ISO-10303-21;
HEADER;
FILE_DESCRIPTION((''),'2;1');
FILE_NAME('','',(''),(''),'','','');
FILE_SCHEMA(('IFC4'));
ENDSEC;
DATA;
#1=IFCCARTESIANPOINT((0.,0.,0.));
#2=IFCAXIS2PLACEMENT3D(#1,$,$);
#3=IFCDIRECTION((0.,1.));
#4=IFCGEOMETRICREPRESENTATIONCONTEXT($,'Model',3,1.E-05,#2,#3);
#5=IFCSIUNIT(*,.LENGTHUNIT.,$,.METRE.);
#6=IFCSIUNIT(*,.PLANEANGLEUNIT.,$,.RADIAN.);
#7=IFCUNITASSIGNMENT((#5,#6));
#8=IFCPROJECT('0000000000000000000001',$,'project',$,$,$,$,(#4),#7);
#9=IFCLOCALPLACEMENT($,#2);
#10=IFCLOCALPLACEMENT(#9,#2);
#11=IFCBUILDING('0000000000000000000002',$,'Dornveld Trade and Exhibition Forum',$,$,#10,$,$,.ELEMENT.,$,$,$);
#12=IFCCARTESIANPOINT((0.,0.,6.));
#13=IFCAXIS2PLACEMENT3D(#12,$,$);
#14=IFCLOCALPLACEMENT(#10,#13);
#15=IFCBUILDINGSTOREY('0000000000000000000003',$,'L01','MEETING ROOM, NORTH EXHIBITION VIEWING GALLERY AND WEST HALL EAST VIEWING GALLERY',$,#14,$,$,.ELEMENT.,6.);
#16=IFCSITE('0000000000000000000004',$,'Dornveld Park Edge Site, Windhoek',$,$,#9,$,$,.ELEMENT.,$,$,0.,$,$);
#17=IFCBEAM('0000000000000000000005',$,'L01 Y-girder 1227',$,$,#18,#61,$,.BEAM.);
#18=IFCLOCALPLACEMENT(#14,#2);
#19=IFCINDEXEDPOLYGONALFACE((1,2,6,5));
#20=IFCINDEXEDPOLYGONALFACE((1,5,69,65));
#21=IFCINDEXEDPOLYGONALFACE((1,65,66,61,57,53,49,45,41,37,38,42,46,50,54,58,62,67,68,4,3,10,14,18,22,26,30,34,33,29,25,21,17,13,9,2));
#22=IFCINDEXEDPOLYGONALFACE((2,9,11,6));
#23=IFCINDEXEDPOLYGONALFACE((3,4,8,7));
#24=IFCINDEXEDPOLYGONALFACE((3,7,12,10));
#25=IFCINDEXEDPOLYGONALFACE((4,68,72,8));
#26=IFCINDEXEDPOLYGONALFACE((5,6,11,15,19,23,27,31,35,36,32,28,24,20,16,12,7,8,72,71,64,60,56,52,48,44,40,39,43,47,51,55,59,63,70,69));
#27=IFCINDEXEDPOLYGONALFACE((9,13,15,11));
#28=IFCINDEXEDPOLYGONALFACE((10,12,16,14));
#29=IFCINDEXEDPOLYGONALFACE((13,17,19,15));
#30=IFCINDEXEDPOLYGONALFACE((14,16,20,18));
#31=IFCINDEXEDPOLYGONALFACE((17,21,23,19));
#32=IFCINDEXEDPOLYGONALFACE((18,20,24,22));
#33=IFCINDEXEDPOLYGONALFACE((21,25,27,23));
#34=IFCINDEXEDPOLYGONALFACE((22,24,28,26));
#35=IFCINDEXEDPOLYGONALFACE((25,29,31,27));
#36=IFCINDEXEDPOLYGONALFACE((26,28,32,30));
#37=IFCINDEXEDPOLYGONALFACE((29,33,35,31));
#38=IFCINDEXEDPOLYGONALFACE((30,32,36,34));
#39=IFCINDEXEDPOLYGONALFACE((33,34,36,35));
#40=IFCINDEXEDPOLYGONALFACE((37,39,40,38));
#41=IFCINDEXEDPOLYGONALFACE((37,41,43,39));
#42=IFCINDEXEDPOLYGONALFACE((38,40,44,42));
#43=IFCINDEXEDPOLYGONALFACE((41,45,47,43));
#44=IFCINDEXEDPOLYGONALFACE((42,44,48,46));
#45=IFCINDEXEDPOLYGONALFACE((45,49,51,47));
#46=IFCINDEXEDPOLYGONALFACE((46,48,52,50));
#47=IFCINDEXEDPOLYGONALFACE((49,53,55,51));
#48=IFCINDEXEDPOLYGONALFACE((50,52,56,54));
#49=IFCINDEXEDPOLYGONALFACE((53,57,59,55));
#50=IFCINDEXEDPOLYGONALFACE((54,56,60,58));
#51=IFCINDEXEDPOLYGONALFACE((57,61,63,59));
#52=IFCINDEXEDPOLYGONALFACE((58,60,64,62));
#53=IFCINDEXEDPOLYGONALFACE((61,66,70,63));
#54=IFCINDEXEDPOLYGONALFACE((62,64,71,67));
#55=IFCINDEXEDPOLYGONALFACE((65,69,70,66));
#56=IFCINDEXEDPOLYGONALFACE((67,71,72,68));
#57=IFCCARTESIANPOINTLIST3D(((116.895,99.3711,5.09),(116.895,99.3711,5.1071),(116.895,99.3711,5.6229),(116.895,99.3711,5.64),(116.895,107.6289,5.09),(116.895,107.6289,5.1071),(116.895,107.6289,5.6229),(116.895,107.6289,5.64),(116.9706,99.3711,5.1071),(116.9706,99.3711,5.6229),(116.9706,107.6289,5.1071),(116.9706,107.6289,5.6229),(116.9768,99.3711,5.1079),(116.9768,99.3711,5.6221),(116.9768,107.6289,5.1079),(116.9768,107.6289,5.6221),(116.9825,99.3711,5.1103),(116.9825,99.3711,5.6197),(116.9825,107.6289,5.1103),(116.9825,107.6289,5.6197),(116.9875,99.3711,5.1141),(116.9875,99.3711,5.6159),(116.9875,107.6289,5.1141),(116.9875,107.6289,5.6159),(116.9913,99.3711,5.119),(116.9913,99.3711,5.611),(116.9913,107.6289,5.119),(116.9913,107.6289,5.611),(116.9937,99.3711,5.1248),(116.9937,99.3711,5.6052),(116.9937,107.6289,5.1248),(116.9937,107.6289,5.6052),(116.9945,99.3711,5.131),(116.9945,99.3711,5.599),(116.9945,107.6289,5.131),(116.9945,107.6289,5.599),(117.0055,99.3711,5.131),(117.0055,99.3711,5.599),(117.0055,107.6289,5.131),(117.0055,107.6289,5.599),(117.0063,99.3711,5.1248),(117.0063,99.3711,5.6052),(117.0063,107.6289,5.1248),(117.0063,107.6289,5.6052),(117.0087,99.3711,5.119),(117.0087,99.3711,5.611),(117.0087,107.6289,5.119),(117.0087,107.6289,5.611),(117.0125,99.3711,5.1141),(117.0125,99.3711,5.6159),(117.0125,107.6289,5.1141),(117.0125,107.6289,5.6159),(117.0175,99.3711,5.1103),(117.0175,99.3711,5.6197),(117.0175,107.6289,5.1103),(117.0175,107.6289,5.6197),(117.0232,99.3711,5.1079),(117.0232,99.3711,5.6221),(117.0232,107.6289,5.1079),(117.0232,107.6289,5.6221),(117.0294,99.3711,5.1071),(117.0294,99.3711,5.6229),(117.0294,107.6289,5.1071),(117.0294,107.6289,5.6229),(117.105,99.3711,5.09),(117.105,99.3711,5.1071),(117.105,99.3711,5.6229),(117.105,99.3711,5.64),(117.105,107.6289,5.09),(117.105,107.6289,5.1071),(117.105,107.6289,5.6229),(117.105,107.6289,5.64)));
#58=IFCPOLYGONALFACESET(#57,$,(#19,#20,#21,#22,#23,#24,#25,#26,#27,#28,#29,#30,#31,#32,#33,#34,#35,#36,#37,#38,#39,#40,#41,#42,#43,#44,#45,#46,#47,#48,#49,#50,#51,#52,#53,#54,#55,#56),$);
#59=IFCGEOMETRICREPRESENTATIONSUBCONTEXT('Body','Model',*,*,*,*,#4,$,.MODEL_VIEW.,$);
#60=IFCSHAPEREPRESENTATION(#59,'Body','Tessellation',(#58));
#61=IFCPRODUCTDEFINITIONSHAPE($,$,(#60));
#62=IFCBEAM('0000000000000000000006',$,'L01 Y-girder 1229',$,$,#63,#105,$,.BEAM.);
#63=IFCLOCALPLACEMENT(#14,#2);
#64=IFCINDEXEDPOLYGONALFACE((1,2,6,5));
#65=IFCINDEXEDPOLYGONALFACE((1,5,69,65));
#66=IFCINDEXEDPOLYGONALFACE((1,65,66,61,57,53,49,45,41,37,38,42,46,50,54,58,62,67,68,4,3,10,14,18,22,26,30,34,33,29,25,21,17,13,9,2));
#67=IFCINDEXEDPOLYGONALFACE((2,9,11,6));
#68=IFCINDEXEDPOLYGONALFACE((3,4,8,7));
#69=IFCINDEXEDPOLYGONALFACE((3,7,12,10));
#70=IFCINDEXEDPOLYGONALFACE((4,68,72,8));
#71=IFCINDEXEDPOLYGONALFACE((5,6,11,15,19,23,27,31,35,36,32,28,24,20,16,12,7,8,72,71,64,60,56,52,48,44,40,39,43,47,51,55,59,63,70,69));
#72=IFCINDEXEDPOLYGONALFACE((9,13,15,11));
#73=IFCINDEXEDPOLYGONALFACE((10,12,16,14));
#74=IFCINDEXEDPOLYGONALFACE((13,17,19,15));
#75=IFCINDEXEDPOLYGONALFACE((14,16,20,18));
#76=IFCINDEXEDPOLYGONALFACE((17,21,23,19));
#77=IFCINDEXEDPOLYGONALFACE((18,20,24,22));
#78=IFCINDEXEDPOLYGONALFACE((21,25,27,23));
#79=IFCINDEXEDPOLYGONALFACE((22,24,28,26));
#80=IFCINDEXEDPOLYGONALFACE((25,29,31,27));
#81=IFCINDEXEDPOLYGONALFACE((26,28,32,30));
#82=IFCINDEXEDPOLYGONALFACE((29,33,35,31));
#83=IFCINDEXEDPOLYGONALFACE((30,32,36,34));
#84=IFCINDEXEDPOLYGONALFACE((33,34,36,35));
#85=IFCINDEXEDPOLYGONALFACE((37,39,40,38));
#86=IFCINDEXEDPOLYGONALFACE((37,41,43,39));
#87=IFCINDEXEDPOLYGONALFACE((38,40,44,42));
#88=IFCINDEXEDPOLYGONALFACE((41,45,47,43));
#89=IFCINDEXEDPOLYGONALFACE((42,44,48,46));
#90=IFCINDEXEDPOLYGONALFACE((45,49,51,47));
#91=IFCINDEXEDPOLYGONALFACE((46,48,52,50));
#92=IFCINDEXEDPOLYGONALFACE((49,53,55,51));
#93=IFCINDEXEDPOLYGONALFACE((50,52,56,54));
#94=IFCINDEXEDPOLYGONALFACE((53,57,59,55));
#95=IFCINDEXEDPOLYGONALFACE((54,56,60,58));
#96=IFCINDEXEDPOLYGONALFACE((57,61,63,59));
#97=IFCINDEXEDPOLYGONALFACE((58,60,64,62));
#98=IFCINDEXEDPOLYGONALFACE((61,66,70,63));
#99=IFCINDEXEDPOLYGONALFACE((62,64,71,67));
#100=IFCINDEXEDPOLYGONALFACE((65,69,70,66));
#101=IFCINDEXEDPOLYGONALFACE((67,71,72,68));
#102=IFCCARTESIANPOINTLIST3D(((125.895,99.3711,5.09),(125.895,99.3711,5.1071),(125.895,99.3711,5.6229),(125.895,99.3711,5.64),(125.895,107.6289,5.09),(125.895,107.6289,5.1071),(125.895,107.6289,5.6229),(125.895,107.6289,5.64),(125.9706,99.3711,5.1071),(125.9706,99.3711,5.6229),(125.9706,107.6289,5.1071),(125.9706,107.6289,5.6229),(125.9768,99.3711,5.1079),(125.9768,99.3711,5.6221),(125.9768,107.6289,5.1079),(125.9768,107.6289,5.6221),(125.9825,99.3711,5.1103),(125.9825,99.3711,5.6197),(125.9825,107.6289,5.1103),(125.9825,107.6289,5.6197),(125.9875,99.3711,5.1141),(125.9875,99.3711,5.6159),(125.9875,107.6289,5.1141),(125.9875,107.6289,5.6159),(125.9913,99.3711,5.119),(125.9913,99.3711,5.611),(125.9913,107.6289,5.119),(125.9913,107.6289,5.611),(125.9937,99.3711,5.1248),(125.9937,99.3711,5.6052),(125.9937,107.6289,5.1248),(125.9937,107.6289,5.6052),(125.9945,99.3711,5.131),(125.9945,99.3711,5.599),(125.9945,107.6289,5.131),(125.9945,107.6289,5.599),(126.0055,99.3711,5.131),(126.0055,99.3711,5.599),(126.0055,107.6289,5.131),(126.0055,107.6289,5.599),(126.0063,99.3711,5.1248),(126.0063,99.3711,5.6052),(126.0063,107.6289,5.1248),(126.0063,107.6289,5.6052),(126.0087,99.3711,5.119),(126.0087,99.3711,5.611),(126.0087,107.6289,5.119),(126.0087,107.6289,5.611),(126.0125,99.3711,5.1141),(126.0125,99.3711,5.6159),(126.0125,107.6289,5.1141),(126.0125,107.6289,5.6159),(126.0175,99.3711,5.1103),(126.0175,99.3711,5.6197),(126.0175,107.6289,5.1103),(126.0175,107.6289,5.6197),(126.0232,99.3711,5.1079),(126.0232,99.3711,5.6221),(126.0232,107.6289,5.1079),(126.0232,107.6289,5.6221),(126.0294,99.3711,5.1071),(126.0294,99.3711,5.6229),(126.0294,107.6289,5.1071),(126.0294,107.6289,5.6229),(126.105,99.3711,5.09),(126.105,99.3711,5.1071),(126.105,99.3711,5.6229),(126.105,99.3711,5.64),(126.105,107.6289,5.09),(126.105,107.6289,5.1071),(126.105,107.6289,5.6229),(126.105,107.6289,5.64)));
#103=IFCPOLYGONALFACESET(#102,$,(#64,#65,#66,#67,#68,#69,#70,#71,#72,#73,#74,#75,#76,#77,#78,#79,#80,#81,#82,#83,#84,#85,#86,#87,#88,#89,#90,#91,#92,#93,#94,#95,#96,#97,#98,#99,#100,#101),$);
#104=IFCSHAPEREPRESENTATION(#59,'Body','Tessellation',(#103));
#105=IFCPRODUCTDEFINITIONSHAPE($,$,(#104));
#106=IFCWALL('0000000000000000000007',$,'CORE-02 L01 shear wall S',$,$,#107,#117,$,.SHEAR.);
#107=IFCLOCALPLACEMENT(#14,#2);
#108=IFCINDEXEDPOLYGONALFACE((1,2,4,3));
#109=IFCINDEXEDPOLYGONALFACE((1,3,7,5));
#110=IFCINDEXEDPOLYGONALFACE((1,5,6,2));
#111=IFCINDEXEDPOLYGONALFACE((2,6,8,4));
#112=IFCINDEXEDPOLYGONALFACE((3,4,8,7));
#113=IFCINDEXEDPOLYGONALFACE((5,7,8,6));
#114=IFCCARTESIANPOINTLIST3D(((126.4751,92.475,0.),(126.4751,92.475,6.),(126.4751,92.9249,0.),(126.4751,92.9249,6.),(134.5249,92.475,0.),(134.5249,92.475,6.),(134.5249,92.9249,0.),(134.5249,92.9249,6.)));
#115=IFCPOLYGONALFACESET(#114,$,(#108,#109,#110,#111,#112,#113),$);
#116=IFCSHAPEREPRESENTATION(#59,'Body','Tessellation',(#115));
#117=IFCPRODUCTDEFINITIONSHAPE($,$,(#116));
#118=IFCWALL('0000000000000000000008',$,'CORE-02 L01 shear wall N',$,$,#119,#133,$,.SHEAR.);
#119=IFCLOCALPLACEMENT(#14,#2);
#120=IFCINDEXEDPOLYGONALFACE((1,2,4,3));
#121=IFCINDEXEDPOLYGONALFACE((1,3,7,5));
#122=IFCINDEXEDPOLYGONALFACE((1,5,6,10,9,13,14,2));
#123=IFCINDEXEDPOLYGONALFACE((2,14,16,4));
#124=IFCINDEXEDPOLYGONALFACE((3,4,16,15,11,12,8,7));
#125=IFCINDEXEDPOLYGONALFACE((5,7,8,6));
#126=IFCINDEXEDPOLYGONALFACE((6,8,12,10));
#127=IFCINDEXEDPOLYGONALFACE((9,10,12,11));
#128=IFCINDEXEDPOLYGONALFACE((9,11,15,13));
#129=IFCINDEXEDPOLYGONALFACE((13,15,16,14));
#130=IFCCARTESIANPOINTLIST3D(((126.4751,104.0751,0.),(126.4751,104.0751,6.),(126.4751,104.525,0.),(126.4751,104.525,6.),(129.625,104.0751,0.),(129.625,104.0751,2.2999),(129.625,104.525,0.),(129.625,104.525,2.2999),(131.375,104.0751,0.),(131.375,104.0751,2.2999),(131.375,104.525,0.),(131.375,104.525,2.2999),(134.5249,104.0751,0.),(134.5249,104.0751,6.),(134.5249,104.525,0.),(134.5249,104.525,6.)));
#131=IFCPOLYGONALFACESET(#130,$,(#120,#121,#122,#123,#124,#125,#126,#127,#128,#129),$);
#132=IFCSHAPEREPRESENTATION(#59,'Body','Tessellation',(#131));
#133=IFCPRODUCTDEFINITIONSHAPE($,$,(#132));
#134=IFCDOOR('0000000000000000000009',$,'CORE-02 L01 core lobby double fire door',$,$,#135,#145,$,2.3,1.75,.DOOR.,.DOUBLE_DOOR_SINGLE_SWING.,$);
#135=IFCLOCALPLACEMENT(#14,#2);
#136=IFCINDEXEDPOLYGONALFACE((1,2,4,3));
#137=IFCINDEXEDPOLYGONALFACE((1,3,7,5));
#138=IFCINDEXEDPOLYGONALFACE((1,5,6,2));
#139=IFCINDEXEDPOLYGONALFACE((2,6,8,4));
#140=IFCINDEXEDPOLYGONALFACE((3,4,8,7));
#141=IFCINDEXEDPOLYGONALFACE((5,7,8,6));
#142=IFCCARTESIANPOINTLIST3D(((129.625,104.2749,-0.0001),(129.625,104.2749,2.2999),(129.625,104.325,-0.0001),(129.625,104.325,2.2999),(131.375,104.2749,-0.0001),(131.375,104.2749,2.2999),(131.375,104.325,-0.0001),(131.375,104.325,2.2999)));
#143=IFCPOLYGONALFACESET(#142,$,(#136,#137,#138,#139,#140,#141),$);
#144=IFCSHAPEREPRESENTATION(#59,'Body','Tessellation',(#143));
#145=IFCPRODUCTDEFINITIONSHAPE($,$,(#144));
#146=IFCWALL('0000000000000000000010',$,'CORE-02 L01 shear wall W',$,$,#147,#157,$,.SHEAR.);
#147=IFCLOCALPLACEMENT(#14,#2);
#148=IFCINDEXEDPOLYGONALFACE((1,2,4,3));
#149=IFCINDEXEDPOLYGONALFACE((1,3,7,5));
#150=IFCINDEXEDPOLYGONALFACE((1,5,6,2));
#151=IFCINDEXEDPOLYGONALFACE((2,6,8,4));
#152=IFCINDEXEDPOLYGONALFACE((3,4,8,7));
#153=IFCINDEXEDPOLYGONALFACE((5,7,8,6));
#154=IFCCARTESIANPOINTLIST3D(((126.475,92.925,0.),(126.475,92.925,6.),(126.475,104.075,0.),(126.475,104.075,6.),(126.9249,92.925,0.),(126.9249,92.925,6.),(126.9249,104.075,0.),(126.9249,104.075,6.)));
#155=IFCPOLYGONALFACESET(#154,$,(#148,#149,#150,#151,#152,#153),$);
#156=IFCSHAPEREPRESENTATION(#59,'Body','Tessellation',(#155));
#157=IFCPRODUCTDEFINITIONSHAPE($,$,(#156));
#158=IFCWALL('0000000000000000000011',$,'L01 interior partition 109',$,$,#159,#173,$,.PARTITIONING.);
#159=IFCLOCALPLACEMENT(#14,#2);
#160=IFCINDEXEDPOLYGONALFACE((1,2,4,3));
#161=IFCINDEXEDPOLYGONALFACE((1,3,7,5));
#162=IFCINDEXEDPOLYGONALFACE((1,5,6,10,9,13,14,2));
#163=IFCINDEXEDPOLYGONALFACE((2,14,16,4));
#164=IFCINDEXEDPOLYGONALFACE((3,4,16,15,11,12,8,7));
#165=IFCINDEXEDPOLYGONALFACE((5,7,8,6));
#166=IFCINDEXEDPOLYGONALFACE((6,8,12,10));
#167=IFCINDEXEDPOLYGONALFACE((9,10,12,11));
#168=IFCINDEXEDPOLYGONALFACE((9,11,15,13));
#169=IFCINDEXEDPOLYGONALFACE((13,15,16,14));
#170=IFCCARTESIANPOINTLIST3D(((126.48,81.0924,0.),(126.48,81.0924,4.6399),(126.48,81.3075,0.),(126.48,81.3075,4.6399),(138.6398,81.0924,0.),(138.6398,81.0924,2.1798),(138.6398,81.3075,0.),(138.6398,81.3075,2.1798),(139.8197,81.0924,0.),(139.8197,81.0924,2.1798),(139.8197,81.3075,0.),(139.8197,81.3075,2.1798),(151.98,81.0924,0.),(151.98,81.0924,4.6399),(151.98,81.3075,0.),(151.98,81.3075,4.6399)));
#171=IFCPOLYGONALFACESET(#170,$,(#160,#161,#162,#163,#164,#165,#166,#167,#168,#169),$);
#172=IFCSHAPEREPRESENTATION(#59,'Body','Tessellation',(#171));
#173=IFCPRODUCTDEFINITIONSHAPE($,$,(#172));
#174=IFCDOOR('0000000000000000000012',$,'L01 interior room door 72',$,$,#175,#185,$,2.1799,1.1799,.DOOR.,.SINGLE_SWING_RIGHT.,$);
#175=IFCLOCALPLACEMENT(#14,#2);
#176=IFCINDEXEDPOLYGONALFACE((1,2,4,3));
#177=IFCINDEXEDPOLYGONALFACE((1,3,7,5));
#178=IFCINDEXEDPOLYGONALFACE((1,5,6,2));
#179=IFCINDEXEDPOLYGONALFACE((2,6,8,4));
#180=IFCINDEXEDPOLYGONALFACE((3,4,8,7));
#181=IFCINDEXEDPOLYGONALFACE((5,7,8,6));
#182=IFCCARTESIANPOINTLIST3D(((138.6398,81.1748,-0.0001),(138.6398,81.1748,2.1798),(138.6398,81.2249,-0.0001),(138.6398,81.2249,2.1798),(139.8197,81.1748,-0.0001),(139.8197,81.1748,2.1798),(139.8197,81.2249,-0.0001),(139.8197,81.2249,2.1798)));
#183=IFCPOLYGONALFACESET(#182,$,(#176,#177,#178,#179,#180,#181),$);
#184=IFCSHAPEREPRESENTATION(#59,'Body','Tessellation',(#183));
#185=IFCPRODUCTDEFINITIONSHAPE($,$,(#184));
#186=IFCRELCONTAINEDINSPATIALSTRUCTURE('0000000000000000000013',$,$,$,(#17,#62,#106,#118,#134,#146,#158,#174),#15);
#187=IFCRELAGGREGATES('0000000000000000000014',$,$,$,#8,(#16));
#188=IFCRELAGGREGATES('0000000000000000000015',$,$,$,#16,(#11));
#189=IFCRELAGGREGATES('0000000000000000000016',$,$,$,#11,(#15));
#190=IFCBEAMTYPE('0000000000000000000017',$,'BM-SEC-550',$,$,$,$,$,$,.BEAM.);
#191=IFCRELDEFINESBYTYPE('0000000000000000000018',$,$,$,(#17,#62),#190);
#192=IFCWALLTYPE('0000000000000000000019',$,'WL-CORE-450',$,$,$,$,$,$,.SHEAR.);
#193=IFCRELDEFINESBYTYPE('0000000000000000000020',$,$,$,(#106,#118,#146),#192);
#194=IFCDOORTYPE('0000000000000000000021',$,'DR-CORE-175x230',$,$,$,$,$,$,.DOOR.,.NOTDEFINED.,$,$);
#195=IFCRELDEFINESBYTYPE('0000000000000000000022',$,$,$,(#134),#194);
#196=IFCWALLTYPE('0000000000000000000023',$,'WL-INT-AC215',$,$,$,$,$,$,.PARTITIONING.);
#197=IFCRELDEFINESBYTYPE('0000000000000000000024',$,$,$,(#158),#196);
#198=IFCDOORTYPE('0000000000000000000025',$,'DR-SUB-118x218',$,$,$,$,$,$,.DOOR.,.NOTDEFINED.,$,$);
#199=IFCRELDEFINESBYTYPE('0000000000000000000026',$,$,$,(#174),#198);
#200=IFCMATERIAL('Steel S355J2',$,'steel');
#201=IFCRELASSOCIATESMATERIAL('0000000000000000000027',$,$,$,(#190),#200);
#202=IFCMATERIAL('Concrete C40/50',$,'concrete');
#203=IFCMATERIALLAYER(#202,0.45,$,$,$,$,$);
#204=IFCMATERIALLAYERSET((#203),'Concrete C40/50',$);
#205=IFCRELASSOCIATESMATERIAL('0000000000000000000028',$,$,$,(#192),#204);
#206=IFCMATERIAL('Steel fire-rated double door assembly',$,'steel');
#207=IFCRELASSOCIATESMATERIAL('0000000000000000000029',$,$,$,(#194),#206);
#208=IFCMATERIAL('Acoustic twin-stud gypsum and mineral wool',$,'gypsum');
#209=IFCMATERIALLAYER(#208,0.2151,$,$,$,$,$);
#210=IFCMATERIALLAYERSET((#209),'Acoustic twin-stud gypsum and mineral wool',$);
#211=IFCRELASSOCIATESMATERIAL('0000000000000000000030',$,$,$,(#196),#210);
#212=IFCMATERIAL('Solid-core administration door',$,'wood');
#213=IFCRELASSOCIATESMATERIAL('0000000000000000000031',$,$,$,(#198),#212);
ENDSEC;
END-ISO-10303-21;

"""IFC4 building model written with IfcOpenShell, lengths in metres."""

from ifc_helpers import new_model, si_unit, direction, frame, frame_2d, origin, origin_2d, place, context, subcontext, project, spatial, rectangle, i_section, extrude, material, layer, layer_set, material_profile, profile_set, type_object, element, fill, save


model = new_model("IFC4")

# Units and contexts
model_context = context("Model", 3, precision=1e-05, world=origin(), true_north=direction((0.0, 1.0)))
body_context = subcontext(model_context, "Body", "Model", "MODEL_VIEW")
ifc_project = project(units=[si_unit("LENGTHUNIT", "METRE"), si_unit("PLANEANGLEUNIT", "RADIAN")], contexts=[model_context])

# Site, building, storey
site_placement = place(None, origin())
site = spatial("IfcSite", under=ifc_project, at=site_placement, Name="Dornveld Park Edge Site, Windhoek", CompositionType="ELEMENT", RefElevation=0.0)
building_placement = place(site_placement, origin())
building = spatial("IfcBuilding", under=site, at=building_placement, Name="Dornveld Trade and Exhibition Forum", CompositionType="ELEMENT")
storey_placement = place(building_placement, frame((0.0, 0.0, 6.0)))
storey = spatial("IfcBuildingStorey", under=building, at=storey_placement, Name="L01", Description="MEETING ROOM, NORTH EXHIBITION VIEWING GALLERY AND WEST HALL EAST VIEWING GALLERY", CompositionType="ELEMENT", Elevation=6.0)

# Beams
ifc_material_1 = material(Name="Steel S355J2", Category="steel")
ifc_material_profile_1 = material_profile(ifc_material_1, i_section(OverallWidth=0.21, OverallDepth=0.55, WebThickness=0.011, FlangeThickness=0.0171, FilletRadius=0.0239, at=origin_2d()), Name="IPE 550")
ifc_profile_set_1 = profile_set([ifc_material_profile_1], Name="Steel S355J2")
beam_type_1 = type_object("IfcBeamType", Name="BM-SEC-550", PredefinedType="BEAM", material=ifc_profile_set_1)
for number, where, z_axis, x_axis, name in (
    (1, (117.0, 99.3711, 5.365), (0.0, 1.0, 0.0), (-1.0, 0.0, 0.0), "L01 Y-girder 1227"),
    (2, (126.0, 99.3711, 5.365), (0.0, 1.0, 0.0), (-1.0, 0.0, 0.0), "L01 Y-girder 1229"),
):
    element("IfcBeam", number, at=place(storey_placement, frame(where, z_axis=z_axis, x_axis=x_axis)), inside=storey, type_object=beam_type_1, Name=name, PredefinedType="BEAM", context=body_context, shape_type="SweptSolid", body=[
        extrude(i_section(OverallWidth=0.21, OverallDepth=0.55, WebThickness=0.011, FlangeThickness=0.0171, FilletRadius=0.0239, at=origin_2d()), origin(), (0.0, 0.0, 1.0), 8.2578),
    ])

# Wall
ifc_material_2 = material(Name="Concrete C40/50", Category="concrete")
ifc_layer_1 = layer(ifc_material_2, 0.45)
ifc_layer_set_1 = layer_set([ifc_layer_1], Name="Concrete C40/50")
wall_type_1 = type_object("IfcWallType", Name="WL-CORE-450", PredefinedType="SHEAR", material=ifc_layer_set_1)
wall_1_placement = place(storey_placement, frame((126.4751, 92.7, 0.0), z_axis=(0.0, 0.0, 1.0), x_axis=(1.0, 0.0, 0.0)))
element("IfcWall", 3, at=wall_1_placement, inside=storey, type_object=wall_type_1, Name="CORE-02 L01 shear wall S", PredefinedType="SHEAR", context=body_context, shape_type="SweptSolid", body=[
    extrude(rectangle(XDim=8.0498, YDim=0.45, at=frame_2d((4.0249, 0.0))), origin(), (0.0, 0.0, 1.0), 6.0),
])

# Wall, opening, door
wall_2_placement = place(storey_placement, frame((126.4751, 104.3, 0.0), z_axis=(0.0, 0.0, 1.0), x_axis=(1.0, 0.0, 0.0)))
wall_2 = element("IfcWall", 4, at=wall_2_placement, inside=storey, type_object=wall_type_1, Name="CORE-02 L01 shear wall N", PredefinedType="SHEAR", context=body_context, shape_type="SweptSolid", body=[
    extrude(rectangle(XDim=8.0498, YDim=0.45, at=frame_2d((4.0249, 0.0))), origin(), (0.0, 0.0, 1.0), 6.0),
])
opening_1_placement = place(wall_2_placement, frame((3.1499, 0.0, 0.0)))
opening_1 = element("IfcOpeningElement", 5, at=opening_1_placement, cuts=wall_2, PredefinedType="OPENING", context=body_context, shape_type="SweptSolid", body=[
    extrude(rectangle(XDim=1.75, YDim=2.3, at=frame_2d((0.875, 1.1499))), frame((0.0, 0.2349, 0.0), z_axis=(0.0, -1.0, 0.0), x_axis=(1.0, 0.0, 0.0)), (0.0, 0.0, 1.0), 0.47),
])
ifc_material_3 = material(Name="Steel fire-rated double door assembly", Category="steel")
door_type_1 = type_object("IfcDoorType", Name="DR-CORE-175x230", OperationType="NOTDEFINED", PredefinedType="DOOR", material=ifc_material_3)
door_1_placement = place(opening_1_placement, origin())
door_1 = element("IfcDoor", 6, at=door_1_placement, inside=storey, type_object=door_type_1, Name="CORE-02 L01 core lobby double fire door", OperationType="DOUBLE_DOOR_SINGLE_SWING", OverallHeight=2.3, OverallWidth=1.75, PredefinedType="DOOR", context=body_context, shape_type="SweptSolid", body=[
    extrude(rectangle(XDim=1.75, YDim=2.3, at=frame_2d((0.875, 1.1499))), frame((0.0, 0.0249, 0.0), z_axis=(0.0, -1.0, 0.0), x_axis=(1.0, 0.0, 0.0)), (0.0, 0.0, 1.0), 0.05),
])
fill(opening_1, door_1)

# Wall
wall_3_placement = place(storey_placement, frame((126.7, 92.925, 0.0), z_axis=(0.0, 0.0, 1.0), x_axis=(0.0, 1.0, 0.0)))
element("IfcWall", 7, at=wall_3_placement, inside=storey, type_object=wall_type_1, Name="CORE-02 L01 shear wall W", PredefinedType="SHEAR", context=body_context, shape_type="SweptSolid", body=[
    extrude(rectangle(XDim=11.1499, YDim=0.45, at=frame_2d((5.575, 0.0))), origin(), (0.0, 0.0, 1.0), 6.0),
])

# Wall, opening, door
ifc_material_4 = material(Name="Acoustic twin-stud gypsum and mineral wool", Category="gypsum")
ifc_layer_2 = layer(ifc_material_4, 0.2151)
ifc_layer_set_2 = layer_set([ifc_layer_2], Name="Acoustic twin-stud gypsum and mineral wool")
wall_type_2 = type_object("IfcWallType", Name="WL-INT-AC215", PredefinedType="PARTITIONING", material=ifc_layer_set_2)
wall_4_placement = place(storey_placement, frame((126.48, 81.2, 0.0), z_axis=(0.0, 0.0, 1.0), x_axis=(1.0, 0.0, 0.0)))
wall_4 = element("IfcWall", 8, at=wall_4_placement, inside=storey, type_object=wall_type_2, Name="L01 interior partition 109", PredefinedType="PARTITIONING", context=body_context, shape_type="SweptSolid", body=[
    extrude(rectangle(XDim=25.5, YDim=0.2151, at=frame_2d((12.75, 0.0))), origin(), (0.0, 0.0, 1.0), 4.6399),
])
opening_2_placement = place(wall_4_placement, frame((12.1599, 0.0, 0.0)))
opening_2 = element("IfcOpeningElement", 9, at=opening_2_placement, cuts=wall_4, PredefinedType="OPENING", context=body_context, shape_type="SweptSolid", body=[
    extrude(rectangle(XDim=1.1799, YDim=2.1799, at=frame_2d((0.5898, 1.0898))), frame((0.0, 0.1174, 0.0), z_axis=(0.0, -1.0, 0.0), x_axis=(1.0, 0.0, 0.0)), (0.0, 0.0, 1.0), 0.2351),
])
ifc_material_5 = material(Name="Solid-core administration door", Category="wood")
door_type_2 = type_object("IfcDoorType", Name="DR-SUB-118x218", OperationType="NOTDEFINED", PredefinedType="DOOR", material=ifc_material_5)
door_2_placement = place(opening_2_placement, origin())
door_2 = element("IfcDoor", 10, at=door_2_placement, inside=storey, type_object=door_type_2, Name="L01 interior room door 72", OperationType="SINGLE_SWING_RIGHT", OverallHeight=2.1799, OverallWidth=1.1799, PredefinedType="DOOR", context=body_context, shape_type="SweptSolid", body=[
    extrude(rectangle(XDim=1.1799, YDim=2.1799, at=frame_2d((0.5898, 1.0898))), frame((0.0, 0.0249, 0.0), z_axis=(0.0, -1.0, 0.0), x_axis=(1.0, 0.0, 0.0)), (0.0, 0.0, 1.0), 0.05),
])
fill(opening_2, door_2)

save(model, "model.ifc")
